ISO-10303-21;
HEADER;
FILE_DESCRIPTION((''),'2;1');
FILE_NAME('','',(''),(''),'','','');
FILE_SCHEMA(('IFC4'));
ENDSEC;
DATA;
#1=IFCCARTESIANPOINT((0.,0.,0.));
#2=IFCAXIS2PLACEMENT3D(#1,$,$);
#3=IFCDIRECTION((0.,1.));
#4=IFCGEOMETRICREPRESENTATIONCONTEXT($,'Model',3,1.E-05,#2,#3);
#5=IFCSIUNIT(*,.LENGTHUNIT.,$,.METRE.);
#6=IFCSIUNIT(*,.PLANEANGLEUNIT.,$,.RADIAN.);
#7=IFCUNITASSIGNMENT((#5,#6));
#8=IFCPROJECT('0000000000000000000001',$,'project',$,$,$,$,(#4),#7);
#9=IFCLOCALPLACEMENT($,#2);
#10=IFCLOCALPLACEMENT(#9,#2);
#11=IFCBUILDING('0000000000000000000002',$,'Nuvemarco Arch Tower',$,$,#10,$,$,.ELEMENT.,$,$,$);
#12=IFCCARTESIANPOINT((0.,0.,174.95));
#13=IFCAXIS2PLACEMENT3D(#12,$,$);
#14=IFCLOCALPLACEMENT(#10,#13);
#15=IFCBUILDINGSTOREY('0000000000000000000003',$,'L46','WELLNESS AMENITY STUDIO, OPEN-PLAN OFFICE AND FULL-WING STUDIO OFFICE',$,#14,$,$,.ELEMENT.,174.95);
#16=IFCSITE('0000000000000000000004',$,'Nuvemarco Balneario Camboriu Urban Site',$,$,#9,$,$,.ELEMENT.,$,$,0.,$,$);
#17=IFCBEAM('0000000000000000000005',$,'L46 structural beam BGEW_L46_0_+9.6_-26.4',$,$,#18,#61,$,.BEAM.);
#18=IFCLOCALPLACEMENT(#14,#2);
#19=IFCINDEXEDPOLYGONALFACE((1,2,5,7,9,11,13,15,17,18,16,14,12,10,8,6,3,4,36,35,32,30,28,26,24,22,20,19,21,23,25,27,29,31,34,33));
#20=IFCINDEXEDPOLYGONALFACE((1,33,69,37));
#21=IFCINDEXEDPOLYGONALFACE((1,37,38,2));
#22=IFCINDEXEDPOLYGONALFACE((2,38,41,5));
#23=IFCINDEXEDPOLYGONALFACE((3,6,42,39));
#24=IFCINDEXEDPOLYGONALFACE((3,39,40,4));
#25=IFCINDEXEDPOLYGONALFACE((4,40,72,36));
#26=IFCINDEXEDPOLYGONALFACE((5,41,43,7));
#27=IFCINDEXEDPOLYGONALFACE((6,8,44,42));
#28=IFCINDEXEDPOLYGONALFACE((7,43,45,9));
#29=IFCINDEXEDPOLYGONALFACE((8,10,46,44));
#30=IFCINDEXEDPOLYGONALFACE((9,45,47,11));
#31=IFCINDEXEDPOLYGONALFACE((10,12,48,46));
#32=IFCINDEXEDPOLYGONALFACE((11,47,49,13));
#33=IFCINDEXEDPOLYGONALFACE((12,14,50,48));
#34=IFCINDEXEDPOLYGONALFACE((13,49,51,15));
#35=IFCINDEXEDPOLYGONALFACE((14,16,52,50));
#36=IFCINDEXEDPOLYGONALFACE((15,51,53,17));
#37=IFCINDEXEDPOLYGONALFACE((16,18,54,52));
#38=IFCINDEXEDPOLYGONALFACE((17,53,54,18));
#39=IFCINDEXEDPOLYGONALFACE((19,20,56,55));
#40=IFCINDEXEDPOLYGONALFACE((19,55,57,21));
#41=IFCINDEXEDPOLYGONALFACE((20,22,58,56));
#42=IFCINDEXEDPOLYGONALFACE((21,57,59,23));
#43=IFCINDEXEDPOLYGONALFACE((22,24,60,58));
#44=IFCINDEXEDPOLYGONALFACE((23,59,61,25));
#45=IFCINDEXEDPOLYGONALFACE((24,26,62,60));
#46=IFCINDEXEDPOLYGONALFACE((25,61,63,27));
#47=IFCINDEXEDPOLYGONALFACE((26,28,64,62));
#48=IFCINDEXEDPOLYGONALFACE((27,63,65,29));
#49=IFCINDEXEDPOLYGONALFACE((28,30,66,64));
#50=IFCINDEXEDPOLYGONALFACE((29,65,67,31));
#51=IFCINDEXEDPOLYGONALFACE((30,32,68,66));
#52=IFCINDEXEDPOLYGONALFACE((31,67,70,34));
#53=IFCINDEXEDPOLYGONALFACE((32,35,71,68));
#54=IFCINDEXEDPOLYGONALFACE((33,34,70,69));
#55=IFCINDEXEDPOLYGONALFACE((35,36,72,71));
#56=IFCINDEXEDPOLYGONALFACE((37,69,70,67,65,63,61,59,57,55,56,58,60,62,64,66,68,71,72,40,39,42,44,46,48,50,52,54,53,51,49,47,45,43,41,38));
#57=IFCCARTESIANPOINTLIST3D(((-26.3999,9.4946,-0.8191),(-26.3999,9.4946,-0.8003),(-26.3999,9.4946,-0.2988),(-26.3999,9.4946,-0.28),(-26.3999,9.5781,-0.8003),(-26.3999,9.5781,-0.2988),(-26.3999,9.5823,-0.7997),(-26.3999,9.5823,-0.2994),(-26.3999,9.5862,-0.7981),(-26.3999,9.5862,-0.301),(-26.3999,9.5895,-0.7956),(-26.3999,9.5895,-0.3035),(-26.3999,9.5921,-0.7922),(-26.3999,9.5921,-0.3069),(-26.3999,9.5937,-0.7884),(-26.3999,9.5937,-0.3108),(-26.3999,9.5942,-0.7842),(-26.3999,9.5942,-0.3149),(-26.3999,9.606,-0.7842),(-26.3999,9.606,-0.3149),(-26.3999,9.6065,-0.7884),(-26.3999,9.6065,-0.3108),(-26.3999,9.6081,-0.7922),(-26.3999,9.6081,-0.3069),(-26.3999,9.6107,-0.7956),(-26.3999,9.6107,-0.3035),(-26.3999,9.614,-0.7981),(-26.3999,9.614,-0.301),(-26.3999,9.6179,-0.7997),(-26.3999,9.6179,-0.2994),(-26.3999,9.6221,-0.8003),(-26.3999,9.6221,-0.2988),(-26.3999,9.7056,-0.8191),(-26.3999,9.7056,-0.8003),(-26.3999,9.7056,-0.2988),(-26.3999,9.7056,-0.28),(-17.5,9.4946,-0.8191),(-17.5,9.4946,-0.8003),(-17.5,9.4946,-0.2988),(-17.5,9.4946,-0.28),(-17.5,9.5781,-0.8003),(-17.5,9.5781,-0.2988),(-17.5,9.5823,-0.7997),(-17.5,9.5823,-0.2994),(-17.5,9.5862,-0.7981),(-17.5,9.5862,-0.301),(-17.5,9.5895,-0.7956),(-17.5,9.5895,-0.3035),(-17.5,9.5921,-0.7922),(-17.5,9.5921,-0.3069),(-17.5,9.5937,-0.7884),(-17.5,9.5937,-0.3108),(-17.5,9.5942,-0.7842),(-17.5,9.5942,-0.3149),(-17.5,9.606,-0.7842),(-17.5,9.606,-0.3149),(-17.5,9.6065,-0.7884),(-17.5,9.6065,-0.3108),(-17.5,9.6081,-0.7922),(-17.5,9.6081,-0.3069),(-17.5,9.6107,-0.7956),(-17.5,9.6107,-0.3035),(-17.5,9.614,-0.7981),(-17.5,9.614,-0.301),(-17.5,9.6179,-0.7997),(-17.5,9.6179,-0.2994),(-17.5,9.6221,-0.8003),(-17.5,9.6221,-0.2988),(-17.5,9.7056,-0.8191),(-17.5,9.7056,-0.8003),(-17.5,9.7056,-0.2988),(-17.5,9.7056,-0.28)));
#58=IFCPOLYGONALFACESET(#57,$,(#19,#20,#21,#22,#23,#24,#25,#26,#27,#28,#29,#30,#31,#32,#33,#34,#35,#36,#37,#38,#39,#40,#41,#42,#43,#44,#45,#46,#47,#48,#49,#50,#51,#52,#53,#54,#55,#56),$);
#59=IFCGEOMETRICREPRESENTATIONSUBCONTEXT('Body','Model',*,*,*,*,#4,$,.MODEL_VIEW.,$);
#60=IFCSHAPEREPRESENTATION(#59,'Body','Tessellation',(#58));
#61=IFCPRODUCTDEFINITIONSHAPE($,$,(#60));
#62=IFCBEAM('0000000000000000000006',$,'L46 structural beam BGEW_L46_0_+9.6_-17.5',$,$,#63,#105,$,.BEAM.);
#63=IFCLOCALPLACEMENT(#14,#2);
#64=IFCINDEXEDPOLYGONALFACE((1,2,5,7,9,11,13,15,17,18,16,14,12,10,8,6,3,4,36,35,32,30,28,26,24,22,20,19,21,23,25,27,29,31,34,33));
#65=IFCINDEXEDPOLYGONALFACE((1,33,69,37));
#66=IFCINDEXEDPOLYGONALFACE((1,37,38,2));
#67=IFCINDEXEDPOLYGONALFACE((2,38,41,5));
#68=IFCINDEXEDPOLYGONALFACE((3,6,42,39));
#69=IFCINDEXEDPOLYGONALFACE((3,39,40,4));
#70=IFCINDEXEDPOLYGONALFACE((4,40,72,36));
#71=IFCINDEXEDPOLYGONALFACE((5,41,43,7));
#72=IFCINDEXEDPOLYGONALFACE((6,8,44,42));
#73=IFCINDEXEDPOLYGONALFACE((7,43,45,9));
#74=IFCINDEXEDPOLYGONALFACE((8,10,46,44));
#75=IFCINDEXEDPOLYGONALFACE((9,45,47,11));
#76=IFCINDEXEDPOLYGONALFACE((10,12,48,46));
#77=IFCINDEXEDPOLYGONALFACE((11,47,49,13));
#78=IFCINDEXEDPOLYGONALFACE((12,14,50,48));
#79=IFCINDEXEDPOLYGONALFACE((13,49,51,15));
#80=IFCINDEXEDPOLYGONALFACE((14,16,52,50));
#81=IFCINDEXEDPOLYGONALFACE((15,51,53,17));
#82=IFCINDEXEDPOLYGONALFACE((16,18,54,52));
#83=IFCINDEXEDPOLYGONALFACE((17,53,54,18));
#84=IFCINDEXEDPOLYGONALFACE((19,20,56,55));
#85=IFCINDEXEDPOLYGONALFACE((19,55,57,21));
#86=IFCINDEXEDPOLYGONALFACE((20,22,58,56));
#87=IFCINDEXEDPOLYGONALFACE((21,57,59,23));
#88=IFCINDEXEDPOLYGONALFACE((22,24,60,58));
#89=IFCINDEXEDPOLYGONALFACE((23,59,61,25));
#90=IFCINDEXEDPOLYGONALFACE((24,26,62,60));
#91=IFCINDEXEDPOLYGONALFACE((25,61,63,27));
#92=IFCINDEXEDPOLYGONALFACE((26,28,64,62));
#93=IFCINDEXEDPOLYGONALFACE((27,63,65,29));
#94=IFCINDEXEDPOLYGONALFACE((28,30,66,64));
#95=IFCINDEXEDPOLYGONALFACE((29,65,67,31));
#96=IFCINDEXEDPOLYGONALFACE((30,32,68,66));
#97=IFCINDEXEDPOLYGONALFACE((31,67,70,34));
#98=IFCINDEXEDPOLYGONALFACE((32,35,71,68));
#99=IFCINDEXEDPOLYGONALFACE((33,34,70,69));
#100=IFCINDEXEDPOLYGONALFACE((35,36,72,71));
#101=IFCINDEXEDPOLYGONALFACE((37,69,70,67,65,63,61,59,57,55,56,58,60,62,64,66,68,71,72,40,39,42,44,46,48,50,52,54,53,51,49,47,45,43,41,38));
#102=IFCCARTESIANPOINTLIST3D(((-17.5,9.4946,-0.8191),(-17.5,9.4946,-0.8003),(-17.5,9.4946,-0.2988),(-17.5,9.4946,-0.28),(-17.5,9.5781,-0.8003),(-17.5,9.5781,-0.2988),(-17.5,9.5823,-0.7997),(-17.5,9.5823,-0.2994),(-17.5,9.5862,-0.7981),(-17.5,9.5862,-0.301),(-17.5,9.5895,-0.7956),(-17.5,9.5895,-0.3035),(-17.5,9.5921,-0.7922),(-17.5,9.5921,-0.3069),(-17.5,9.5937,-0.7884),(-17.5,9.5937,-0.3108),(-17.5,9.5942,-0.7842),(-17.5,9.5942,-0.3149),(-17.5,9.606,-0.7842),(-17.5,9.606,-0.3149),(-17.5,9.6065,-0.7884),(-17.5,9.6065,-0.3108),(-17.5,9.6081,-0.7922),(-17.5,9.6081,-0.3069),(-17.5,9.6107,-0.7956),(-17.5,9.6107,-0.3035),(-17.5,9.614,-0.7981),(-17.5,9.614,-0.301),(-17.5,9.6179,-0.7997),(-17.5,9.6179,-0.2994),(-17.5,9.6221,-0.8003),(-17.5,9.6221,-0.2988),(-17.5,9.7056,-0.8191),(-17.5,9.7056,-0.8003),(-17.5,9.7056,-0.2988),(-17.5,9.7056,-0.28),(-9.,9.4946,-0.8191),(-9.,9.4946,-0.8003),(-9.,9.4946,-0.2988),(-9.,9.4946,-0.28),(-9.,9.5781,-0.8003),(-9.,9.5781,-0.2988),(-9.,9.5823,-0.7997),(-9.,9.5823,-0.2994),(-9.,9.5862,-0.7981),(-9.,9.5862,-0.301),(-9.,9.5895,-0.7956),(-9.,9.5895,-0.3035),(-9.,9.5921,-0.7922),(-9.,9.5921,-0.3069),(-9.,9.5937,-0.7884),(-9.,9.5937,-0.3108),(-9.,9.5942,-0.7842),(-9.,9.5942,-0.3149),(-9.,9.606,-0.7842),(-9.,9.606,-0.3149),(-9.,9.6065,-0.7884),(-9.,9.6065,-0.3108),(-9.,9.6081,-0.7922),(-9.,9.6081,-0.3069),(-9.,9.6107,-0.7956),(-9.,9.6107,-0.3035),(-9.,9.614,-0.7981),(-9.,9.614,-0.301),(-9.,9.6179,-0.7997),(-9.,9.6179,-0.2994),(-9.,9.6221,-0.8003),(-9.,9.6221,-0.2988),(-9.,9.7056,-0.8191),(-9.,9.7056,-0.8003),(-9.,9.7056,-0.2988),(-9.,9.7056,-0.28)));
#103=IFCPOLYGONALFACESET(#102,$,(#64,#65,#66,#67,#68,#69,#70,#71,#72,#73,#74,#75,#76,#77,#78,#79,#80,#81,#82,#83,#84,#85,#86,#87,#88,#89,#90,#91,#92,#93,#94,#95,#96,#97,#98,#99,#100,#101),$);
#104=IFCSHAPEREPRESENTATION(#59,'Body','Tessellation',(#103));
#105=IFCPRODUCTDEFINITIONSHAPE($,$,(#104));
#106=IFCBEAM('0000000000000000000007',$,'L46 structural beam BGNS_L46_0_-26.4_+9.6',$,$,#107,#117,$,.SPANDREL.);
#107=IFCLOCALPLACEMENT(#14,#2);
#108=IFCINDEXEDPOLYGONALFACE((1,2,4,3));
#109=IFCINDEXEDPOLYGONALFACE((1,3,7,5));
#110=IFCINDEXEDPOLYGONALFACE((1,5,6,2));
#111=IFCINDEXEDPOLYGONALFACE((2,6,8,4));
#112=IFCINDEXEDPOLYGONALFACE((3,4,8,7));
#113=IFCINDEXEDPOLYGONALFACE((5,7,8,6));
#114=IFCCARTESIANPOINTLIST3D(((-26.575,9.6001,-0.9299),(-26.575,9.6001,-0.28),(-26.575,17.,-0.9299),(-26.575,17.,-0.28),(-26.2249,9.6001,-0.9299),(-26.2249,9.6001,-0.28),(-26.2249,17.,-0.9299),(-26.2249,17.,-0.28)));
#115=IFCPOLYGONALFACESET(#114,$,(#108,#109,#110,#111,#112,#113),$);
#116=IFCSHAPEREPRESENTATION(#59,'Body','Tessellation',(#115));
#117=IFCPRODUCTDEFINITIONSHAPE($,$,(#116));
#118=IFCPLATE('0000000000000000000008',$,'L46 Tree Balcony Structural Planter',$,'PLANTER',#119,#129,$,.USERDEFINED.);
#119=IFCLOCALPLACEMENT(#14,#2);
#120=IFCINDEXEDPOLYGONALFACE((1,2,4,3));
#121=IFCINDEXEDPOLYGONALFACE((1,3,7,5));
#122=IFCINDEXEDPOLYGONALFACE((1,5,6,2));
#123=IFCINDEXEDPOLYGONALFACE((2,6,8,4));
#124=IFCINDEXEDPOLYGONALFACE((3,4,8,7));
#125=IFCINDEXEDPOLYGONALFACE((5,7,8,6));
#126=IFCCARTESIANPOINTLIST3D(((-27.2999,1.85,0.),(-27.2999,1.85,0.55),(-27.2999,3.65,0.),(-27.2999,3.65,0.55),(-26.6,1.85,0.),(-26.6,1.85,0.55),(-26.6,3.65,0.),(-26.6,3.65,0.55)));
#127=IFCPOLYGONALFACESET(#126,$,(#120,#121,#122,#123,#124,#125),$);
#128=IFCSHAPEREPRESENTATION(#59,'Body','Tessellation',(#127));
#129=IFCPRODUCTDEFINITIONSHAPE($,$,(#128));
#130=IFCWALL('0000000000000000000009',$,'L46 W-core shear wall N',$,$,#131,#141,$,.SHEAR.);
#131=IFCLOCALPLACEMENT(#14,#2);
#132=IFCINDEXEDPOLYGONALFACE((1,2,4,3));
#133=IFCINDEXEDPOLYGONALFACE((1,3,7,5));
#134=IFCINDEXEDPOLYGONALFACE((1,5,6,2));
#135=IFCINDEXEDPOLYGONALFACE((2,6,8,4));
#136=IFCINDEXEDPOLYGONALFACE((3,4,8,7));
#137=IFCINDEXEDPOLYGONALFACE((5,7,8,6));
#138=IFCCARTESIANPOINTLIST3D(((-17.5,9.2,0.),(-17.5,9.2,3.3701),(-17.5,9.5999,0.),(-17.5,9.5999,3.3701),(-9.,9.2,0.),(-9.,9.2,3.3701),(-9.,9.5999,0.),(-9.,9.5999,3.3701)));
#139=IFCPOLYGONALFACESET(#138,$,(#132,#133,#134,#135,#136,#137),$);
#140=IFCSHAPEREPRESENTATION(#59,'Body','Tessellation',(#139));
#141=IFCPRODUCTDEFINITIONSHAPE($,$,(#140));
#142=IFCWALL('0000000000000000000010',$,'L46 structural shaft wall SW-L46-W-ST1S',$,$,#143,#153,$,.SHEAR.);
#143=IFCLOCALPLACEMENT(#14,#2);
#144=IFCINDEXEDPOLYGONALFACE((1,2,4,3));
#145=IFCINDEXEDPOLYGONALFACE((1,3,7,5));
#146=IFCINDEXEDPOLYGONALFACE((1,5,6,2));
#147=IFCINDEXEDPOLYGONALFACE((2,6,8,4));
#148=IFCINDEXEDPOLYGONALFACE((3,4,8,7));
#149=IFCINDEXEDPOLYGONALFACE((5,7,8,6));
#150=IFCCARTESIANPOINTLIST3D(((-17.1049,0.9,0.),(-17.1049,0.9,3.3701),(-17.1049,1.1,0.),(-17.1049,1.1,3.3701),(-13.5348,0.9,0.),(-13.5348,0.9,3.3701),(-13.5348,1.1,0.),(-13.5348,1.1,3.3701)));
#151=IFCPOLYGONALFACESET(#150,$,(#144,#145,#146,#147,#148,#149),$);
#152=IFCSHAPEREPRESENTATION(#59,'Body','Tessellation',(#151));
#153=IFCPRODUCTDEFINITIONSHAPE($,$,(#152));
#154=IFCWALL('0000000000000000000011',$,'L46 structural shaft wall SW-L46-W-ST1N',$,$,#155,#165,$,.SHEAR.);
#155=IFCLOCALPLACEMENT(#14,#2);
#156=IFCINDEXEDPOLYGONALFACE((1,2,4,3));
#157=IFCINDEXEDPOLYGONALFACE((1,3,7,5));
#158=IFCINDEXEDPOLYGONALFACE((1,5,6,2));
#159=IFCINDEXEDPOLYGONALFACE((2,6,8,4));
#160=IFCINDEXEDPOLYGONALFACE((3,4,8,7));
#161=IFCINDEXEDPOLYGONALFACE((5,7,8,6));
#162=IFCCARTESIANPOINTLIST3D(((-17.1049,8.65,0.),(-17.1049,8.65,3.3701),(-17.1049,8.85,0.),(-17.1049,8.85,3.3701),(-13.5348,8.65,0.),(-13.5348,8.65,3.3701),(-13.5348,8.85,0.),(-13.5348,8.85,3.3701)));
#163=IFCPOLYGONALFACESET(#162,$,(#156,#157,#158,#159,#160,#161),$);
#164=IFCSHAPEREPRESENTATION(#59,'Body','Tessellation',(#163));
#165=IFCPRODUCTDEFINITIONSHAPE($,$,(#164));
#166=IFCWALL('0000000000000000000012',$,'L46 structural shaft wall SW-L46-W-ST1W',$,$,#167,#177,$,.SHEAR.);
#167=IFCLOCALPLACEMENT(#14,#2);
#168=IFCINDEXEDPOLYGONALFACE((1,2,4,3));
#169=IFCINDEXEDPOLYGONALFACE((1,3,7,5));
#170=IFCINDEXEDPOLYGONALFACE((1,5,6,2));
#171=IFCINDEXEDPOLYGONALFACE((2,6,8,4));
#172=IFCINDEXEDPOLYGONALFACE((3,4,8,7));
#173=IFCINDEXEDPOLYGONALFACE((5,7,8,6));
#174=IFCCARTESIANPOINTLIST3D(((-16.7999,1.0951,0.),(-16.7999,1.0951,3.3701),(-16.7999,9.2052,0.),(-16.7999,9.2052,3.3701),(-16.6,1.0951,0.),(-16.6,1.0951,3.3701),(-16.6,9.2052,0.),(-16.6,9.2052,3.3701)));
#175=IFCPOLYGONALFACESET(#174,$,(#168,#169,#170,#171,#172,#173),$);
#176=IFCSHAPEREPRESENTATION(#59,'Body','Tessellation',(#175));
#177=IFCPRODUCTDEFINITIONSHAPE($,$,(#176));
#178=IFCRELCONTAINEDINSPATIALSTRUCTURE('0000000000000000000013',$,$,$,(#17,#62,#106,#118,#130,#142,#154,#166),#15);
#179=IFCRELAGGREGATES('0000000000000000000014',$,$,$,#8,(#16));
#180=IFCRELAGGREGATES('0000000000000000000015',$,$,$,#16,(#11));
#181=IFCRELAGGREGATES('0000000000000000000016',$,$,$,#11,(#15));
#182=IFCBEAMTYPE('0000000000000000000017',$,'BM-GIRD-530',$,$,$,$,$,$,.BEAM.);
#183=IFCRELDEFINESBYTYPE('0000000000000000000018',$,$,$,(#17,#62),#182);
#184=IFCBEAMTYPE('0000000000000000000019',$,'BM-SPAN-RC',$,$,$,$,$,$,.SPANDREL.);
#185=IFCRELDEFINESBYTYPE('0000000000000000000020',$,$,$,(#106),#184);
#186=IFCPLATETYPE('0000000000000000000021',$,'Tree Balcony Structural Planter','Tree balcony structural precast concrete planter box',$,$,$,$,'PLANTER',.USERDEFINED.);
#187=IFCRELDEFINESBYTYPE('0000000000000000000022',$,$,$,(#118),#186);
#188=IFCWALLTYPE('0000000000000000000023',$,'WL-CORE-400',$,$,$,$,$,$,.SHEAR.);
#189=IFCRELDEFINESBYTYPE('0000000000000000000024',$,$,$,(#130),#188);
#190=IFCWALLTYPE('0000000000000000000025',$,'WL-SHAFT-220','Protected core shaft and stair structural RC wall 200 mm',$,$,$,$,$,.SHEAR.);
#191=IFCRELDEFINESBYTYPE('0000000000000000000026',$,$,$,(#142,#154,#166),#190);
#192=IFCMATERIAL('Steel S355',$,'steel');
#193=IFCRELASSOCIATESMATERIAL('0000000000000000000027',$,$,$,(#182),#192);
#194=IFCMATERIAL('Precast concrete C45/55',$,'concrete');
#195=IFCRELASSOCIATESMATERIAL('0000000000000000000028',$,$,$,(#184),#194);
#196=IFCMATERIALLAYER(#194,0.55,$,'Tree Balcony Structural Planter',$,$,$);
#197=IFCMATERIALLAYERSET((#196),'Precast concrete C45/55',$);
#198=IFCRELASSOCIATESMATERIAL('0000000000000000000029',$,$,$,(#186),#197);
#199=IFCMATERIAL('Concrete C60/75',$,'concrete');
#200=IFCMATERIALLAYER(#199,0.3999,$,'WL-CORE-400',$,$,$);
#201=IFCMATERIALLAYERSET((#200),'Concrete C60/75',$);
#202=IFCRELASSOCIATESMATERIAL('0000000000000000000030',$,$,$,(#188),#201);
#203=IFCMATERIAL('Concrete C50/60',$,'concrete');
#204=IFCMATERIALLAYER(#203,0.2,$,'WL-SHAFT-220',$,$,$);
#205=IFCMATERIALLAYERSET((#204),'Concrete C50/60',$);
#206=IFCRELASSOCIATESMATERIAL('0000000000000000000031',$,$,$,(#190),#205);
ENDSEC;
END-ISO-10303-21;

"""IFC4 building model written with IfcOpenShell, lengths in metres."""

from ifc_helpers import new_model, si_unit, direction, frame, frame_2d, origin, origin_2d, place, context, subcontext, project, spatial, rectangle, i_section, extrude, source, transform, mapped, material, layer, layer_set, material_profile, profile_set, type_object, type_shapes, element, save


model = new_model("IFC4")

# Units and contexts
model_context = context("Model", 3, precision=1e-05, world=origin(), true_north=direction((0.0, 1.0)))
body_context = subcontext(model_context, "Body", "Model", "MODEL_VIEW")
ifc_project = project(units=[si_unit("LENGTHUNIT", "METRE"), si_unit("PLANEANGLEUNIT", "RADIAN")], contexts=[model_context])

# Site, building, storey
site_placement = place(None, origin())
site = spatial("IfcSite", under=ifc_project, at=site_placement, Name="Nuvemarco Balneario Camboriu Urban Site", CompositionType="ELEMENT", RefElevation=0.0)
building_placement = place(site_placement, origin())
building = spatial("IfcBuilding", under=site, at=building_placement, Name="Nuvemarco Arch Tower", CompositionType="ELEMENT")
storey_placement = place(building_placement, frame((0.0, 0.0, 174.95)))
storey = spatial("IfcBuildingStorey", under=building, at=storey_placement, Name="L46", Description="WELLNESS AMENITY STUDIO, OPEN-PLAN OFFICE AND FULL-WING STUDIO OFFICE", CompositionType="ELEMENT", Elevation=174.95)

# Shared definitions
ifc_material_1 = material(Name="Concrete C50/60", Category="concrete")
ifc_material_2 = material(Name="Steel S355", Category="steel")

# Beams
ifc_material_profile_1 = material_profile(ifc_material_2, i_section(OverallWidth=0.2109, OverallDepth=0.5391, WebThickness=0.0117, FlangeThickness=0.0188, FilletRadius=0.0161, at=origin_2d()), Name="W530x109")
ifc_profile_set_1 = profile_set([ifc_material_profile_1], Name="Steel S355")
beam_type_1 = type_object("IfcBeamType", Name="BM-GIRD-530", PredefinedType="BEAM", material=ifc_profile_set_1)
beam_1_placement = place(storey_placement, frame((-26.3999, 9.6001, -0.5496), z_axis=(1.0, 0.0, 0.0), x_axis=(0.0, 1.0, 0.0)))
element("IfcBeam", 1, at=beam_1_placement, inside=storey, type_object=beam_type_1, Name="L46 structural beam BGEW_L46_0_+9.6_-26.4", PredefinedType="BEAM", context=body_context, shape_type="SweptSolid", body=[
    extrude(i_section(OverallWidth=0.2109, OverallDepth=0.5391, WebThickness=0.0117, FlangeThickness=0.0188, FilletRadius=0.0161, at=origin_2d()), origin(), (0.0, 0.0, 1.0), 8.8999),
])
beam_2_placement = place(storey_placement, frame((-17.5, 9.6001, -0.5496), z_axis=(1.0, 0.0, 0.0), x_axis=(0.0, 1.0, 0.0)))
element("IfcBeam", 2, at=beam_2_placement, inside=storey, type_object=beam_type_1, Name="L46 structural beam BGEW_L46_0_+9.6_-17.5", PredefinedType="BEAM", context=body_context, shape_type="SweptSolid", body=[
    extrude(i_section(OverallWidth=0.2109, OverallDepth=0.5391, WebThickness=0.0117, FlangeThickness=0.0188, FilletRadius=0.0161, at=origin_2d()), origin(), (0.0, 0.0, 1.0), 8.5),
])
ifc_material_3 = material(Name="Precast concrete C45/55", Category="concrete")
ifc_material_profile_2 = material_profile(ifc_material_3, rectangle(XDim=0.3501, YDim=0.6499, at=origin_2d()), Name="PC-SP-350x650")
ifc_profile_set_2 = profile_set([ifc_material_profile_2], Name="Precast concrete C45/55")
beam_type_2 = type_object("IfcBeamType", Name="BM-SPAN-RC", PredefinedType="SPANDREL", material=ifc_profile_set_2)
beam_3_placement = place(storey_placement, frame((-26.3999, 9.6001, -0.605), z_axis=(0.0, 1.0, 0.0), x_axis=(-1.0, 0.0, 0.0)))
element("IfcBeam", 3, at=beam_3_placement, inside=storey, type_object=beam_type_2, Name="L46 structural beam BGNS_L46_0_-26.4_+9.6", PredefinedType="SPANDREL", context=body_context, shape_type="SweptSolid", body=[
    extrude(rectangle(XDim=0.3501, YDim=0.6499, at=origin_2d()), origin(), (0.0, 0.0, 1.0), 7.3999),
])

# Plate
ifc_layer_1 = layer(ifc_material_3, 0.55, Name="Tree Balcony Structural Planter")
ifc_layer_set_1 = layer_set([ifc_layer_1], Name="Precast concrete C45/55")
plate_type = type_object("IfcPlateType", Name="Tree Balcony Structural Planter", Description="Tree balcony structural precast concrete planter box", ElementType="PLANTER", PredefinedType="USERDEFINED", material=ifc_layer_set_1)
shared_shape_1 = source(origin(), body_context, "Body", "SweptSolid", [
    extrude(rectangle(XDim=1.8, YDim=0.7, at=origin_2d()), origin(), (0.0, 0.0, 1.0), 0.55),
])
type_shapes(plate_type, [shared_shape_1])
plate_placement = place(storey_placement, frame((-26.95, 2.75, 0.0), z_axis=(0.0, 0.0, 1.0), x_axis=(0.0, 1.0, 0.0)))
element("IfcPlate", 4, at=plate_placement, inside=storey, type_object=plate_type, Name="L46 Tree Balcony Structural Planter", ObjectType="PLANTER", PredefinedType="USERDEFINED", context=body_context, shape_type="MappedRepresentation", body=[
    mapped(shared_shape_1, transform((0.0, 0.0, 0.0), scale=1.0)),
])

# Walls
ifc_material_4 = material(Name="Concrete C60/75", Category="concrete")
ifc_layer_2 = layer(ifc_material_4, 0.3999, Name="WL-CORE-400")
ifc_layer_set_2 = layer_set([ifc_layer_2], Name="Concrete C60/75")
wall_type_1 = type_object("IfcWallType", Name="WL-CORE-400", PredefinedType="SHEAR", material=ifc_layer_set_2)
wall_1_placement = place(storey_placement, frame((-17.5, 9.3999, 0.0), z_axis=(0.0, 0.0, 1.0), x_axis=(1.0, 0.0, 0.0)))
element("IfcWall", 5, at=wall_1_placement, inside=storey, type_object=wall_type_1, Name="L46 W-core shear wall N", PredefinedType="SHEAR", context=body_context, shape_type="SweptSolid", body=[
    extrude(rectangle(XDim=8.5, YDim=0.3999, at=frame_2d((4.25, 0.0))), origin(), (0.0, 0.0, 1.0), 3.3701),
])
ifc_layer_3 = layer(ifc_material_1, 0.2, Name="WL-SHAFT-220")
ifc_layer_set_3 = layer_set([ifc_layer_3], Name="Concrete C50/60")
wall_type_2 = type_object("IfcWallType", Name="WL-SHAFT-220", Description="Protected core shaft and stair structural RC wall 200 mm", PredefinedType="SHEAR", material=ifc_layer_set_3)
for number, where, z_axis, x_axis, name in (
    (6, (-17.105, 1.0, 0.0), (0.0, 0.0, 1.0), (1.0, 0.0, 0.0), "L46 structural shaft wall SW-L46-W-ST1S"),
    (7, (-17.105, 8.75, 0.0), (0.0, 0.0, 1.0), (1.0, 0.0, 0.0), "L46 structural shaft wall SW-L46-W-ST1N"),
):
    element("IfcWall", number, at=place(storey_placement, frame(where, z_axis=z_axis, x_axis=x_axis)), inside=storey, type_object=wall_type_2, Name=name, PredefinedType="SHEAR", context=body_context, shape_type="SweptSolid", body=[
        extrude(rectangle(XDim=3.5701, YDim=0.2, at=frame_2d((1.7852, 0.0))), origin(), (0.0, 0.0, 1.0), 3.3701),
    ])
wall_2_placement = place(storey_placement, frame((-16.7, 1.095, 0.0), z_axis=(0.0, 0.0, 1.0), x_axis=(0.0, 1.0, 0.0)))
element("IfcWall", 8, at=wall_2_placement, inside=storey, type_object=wall_type_2, Name="L46 structural shaft wall SW-L46-W-ST1W", PredefinedType="SHEAR", context=body_context, shape_type="SweptSolid", body=[
    extrude(rectangle(XDim=8.1101, YDim=0.2, at=frame_2d((4.0552, 0.0))), origin(), (0.0, 0.0, 1.0), 3.3701),
])

save(model, "model.ifc")
